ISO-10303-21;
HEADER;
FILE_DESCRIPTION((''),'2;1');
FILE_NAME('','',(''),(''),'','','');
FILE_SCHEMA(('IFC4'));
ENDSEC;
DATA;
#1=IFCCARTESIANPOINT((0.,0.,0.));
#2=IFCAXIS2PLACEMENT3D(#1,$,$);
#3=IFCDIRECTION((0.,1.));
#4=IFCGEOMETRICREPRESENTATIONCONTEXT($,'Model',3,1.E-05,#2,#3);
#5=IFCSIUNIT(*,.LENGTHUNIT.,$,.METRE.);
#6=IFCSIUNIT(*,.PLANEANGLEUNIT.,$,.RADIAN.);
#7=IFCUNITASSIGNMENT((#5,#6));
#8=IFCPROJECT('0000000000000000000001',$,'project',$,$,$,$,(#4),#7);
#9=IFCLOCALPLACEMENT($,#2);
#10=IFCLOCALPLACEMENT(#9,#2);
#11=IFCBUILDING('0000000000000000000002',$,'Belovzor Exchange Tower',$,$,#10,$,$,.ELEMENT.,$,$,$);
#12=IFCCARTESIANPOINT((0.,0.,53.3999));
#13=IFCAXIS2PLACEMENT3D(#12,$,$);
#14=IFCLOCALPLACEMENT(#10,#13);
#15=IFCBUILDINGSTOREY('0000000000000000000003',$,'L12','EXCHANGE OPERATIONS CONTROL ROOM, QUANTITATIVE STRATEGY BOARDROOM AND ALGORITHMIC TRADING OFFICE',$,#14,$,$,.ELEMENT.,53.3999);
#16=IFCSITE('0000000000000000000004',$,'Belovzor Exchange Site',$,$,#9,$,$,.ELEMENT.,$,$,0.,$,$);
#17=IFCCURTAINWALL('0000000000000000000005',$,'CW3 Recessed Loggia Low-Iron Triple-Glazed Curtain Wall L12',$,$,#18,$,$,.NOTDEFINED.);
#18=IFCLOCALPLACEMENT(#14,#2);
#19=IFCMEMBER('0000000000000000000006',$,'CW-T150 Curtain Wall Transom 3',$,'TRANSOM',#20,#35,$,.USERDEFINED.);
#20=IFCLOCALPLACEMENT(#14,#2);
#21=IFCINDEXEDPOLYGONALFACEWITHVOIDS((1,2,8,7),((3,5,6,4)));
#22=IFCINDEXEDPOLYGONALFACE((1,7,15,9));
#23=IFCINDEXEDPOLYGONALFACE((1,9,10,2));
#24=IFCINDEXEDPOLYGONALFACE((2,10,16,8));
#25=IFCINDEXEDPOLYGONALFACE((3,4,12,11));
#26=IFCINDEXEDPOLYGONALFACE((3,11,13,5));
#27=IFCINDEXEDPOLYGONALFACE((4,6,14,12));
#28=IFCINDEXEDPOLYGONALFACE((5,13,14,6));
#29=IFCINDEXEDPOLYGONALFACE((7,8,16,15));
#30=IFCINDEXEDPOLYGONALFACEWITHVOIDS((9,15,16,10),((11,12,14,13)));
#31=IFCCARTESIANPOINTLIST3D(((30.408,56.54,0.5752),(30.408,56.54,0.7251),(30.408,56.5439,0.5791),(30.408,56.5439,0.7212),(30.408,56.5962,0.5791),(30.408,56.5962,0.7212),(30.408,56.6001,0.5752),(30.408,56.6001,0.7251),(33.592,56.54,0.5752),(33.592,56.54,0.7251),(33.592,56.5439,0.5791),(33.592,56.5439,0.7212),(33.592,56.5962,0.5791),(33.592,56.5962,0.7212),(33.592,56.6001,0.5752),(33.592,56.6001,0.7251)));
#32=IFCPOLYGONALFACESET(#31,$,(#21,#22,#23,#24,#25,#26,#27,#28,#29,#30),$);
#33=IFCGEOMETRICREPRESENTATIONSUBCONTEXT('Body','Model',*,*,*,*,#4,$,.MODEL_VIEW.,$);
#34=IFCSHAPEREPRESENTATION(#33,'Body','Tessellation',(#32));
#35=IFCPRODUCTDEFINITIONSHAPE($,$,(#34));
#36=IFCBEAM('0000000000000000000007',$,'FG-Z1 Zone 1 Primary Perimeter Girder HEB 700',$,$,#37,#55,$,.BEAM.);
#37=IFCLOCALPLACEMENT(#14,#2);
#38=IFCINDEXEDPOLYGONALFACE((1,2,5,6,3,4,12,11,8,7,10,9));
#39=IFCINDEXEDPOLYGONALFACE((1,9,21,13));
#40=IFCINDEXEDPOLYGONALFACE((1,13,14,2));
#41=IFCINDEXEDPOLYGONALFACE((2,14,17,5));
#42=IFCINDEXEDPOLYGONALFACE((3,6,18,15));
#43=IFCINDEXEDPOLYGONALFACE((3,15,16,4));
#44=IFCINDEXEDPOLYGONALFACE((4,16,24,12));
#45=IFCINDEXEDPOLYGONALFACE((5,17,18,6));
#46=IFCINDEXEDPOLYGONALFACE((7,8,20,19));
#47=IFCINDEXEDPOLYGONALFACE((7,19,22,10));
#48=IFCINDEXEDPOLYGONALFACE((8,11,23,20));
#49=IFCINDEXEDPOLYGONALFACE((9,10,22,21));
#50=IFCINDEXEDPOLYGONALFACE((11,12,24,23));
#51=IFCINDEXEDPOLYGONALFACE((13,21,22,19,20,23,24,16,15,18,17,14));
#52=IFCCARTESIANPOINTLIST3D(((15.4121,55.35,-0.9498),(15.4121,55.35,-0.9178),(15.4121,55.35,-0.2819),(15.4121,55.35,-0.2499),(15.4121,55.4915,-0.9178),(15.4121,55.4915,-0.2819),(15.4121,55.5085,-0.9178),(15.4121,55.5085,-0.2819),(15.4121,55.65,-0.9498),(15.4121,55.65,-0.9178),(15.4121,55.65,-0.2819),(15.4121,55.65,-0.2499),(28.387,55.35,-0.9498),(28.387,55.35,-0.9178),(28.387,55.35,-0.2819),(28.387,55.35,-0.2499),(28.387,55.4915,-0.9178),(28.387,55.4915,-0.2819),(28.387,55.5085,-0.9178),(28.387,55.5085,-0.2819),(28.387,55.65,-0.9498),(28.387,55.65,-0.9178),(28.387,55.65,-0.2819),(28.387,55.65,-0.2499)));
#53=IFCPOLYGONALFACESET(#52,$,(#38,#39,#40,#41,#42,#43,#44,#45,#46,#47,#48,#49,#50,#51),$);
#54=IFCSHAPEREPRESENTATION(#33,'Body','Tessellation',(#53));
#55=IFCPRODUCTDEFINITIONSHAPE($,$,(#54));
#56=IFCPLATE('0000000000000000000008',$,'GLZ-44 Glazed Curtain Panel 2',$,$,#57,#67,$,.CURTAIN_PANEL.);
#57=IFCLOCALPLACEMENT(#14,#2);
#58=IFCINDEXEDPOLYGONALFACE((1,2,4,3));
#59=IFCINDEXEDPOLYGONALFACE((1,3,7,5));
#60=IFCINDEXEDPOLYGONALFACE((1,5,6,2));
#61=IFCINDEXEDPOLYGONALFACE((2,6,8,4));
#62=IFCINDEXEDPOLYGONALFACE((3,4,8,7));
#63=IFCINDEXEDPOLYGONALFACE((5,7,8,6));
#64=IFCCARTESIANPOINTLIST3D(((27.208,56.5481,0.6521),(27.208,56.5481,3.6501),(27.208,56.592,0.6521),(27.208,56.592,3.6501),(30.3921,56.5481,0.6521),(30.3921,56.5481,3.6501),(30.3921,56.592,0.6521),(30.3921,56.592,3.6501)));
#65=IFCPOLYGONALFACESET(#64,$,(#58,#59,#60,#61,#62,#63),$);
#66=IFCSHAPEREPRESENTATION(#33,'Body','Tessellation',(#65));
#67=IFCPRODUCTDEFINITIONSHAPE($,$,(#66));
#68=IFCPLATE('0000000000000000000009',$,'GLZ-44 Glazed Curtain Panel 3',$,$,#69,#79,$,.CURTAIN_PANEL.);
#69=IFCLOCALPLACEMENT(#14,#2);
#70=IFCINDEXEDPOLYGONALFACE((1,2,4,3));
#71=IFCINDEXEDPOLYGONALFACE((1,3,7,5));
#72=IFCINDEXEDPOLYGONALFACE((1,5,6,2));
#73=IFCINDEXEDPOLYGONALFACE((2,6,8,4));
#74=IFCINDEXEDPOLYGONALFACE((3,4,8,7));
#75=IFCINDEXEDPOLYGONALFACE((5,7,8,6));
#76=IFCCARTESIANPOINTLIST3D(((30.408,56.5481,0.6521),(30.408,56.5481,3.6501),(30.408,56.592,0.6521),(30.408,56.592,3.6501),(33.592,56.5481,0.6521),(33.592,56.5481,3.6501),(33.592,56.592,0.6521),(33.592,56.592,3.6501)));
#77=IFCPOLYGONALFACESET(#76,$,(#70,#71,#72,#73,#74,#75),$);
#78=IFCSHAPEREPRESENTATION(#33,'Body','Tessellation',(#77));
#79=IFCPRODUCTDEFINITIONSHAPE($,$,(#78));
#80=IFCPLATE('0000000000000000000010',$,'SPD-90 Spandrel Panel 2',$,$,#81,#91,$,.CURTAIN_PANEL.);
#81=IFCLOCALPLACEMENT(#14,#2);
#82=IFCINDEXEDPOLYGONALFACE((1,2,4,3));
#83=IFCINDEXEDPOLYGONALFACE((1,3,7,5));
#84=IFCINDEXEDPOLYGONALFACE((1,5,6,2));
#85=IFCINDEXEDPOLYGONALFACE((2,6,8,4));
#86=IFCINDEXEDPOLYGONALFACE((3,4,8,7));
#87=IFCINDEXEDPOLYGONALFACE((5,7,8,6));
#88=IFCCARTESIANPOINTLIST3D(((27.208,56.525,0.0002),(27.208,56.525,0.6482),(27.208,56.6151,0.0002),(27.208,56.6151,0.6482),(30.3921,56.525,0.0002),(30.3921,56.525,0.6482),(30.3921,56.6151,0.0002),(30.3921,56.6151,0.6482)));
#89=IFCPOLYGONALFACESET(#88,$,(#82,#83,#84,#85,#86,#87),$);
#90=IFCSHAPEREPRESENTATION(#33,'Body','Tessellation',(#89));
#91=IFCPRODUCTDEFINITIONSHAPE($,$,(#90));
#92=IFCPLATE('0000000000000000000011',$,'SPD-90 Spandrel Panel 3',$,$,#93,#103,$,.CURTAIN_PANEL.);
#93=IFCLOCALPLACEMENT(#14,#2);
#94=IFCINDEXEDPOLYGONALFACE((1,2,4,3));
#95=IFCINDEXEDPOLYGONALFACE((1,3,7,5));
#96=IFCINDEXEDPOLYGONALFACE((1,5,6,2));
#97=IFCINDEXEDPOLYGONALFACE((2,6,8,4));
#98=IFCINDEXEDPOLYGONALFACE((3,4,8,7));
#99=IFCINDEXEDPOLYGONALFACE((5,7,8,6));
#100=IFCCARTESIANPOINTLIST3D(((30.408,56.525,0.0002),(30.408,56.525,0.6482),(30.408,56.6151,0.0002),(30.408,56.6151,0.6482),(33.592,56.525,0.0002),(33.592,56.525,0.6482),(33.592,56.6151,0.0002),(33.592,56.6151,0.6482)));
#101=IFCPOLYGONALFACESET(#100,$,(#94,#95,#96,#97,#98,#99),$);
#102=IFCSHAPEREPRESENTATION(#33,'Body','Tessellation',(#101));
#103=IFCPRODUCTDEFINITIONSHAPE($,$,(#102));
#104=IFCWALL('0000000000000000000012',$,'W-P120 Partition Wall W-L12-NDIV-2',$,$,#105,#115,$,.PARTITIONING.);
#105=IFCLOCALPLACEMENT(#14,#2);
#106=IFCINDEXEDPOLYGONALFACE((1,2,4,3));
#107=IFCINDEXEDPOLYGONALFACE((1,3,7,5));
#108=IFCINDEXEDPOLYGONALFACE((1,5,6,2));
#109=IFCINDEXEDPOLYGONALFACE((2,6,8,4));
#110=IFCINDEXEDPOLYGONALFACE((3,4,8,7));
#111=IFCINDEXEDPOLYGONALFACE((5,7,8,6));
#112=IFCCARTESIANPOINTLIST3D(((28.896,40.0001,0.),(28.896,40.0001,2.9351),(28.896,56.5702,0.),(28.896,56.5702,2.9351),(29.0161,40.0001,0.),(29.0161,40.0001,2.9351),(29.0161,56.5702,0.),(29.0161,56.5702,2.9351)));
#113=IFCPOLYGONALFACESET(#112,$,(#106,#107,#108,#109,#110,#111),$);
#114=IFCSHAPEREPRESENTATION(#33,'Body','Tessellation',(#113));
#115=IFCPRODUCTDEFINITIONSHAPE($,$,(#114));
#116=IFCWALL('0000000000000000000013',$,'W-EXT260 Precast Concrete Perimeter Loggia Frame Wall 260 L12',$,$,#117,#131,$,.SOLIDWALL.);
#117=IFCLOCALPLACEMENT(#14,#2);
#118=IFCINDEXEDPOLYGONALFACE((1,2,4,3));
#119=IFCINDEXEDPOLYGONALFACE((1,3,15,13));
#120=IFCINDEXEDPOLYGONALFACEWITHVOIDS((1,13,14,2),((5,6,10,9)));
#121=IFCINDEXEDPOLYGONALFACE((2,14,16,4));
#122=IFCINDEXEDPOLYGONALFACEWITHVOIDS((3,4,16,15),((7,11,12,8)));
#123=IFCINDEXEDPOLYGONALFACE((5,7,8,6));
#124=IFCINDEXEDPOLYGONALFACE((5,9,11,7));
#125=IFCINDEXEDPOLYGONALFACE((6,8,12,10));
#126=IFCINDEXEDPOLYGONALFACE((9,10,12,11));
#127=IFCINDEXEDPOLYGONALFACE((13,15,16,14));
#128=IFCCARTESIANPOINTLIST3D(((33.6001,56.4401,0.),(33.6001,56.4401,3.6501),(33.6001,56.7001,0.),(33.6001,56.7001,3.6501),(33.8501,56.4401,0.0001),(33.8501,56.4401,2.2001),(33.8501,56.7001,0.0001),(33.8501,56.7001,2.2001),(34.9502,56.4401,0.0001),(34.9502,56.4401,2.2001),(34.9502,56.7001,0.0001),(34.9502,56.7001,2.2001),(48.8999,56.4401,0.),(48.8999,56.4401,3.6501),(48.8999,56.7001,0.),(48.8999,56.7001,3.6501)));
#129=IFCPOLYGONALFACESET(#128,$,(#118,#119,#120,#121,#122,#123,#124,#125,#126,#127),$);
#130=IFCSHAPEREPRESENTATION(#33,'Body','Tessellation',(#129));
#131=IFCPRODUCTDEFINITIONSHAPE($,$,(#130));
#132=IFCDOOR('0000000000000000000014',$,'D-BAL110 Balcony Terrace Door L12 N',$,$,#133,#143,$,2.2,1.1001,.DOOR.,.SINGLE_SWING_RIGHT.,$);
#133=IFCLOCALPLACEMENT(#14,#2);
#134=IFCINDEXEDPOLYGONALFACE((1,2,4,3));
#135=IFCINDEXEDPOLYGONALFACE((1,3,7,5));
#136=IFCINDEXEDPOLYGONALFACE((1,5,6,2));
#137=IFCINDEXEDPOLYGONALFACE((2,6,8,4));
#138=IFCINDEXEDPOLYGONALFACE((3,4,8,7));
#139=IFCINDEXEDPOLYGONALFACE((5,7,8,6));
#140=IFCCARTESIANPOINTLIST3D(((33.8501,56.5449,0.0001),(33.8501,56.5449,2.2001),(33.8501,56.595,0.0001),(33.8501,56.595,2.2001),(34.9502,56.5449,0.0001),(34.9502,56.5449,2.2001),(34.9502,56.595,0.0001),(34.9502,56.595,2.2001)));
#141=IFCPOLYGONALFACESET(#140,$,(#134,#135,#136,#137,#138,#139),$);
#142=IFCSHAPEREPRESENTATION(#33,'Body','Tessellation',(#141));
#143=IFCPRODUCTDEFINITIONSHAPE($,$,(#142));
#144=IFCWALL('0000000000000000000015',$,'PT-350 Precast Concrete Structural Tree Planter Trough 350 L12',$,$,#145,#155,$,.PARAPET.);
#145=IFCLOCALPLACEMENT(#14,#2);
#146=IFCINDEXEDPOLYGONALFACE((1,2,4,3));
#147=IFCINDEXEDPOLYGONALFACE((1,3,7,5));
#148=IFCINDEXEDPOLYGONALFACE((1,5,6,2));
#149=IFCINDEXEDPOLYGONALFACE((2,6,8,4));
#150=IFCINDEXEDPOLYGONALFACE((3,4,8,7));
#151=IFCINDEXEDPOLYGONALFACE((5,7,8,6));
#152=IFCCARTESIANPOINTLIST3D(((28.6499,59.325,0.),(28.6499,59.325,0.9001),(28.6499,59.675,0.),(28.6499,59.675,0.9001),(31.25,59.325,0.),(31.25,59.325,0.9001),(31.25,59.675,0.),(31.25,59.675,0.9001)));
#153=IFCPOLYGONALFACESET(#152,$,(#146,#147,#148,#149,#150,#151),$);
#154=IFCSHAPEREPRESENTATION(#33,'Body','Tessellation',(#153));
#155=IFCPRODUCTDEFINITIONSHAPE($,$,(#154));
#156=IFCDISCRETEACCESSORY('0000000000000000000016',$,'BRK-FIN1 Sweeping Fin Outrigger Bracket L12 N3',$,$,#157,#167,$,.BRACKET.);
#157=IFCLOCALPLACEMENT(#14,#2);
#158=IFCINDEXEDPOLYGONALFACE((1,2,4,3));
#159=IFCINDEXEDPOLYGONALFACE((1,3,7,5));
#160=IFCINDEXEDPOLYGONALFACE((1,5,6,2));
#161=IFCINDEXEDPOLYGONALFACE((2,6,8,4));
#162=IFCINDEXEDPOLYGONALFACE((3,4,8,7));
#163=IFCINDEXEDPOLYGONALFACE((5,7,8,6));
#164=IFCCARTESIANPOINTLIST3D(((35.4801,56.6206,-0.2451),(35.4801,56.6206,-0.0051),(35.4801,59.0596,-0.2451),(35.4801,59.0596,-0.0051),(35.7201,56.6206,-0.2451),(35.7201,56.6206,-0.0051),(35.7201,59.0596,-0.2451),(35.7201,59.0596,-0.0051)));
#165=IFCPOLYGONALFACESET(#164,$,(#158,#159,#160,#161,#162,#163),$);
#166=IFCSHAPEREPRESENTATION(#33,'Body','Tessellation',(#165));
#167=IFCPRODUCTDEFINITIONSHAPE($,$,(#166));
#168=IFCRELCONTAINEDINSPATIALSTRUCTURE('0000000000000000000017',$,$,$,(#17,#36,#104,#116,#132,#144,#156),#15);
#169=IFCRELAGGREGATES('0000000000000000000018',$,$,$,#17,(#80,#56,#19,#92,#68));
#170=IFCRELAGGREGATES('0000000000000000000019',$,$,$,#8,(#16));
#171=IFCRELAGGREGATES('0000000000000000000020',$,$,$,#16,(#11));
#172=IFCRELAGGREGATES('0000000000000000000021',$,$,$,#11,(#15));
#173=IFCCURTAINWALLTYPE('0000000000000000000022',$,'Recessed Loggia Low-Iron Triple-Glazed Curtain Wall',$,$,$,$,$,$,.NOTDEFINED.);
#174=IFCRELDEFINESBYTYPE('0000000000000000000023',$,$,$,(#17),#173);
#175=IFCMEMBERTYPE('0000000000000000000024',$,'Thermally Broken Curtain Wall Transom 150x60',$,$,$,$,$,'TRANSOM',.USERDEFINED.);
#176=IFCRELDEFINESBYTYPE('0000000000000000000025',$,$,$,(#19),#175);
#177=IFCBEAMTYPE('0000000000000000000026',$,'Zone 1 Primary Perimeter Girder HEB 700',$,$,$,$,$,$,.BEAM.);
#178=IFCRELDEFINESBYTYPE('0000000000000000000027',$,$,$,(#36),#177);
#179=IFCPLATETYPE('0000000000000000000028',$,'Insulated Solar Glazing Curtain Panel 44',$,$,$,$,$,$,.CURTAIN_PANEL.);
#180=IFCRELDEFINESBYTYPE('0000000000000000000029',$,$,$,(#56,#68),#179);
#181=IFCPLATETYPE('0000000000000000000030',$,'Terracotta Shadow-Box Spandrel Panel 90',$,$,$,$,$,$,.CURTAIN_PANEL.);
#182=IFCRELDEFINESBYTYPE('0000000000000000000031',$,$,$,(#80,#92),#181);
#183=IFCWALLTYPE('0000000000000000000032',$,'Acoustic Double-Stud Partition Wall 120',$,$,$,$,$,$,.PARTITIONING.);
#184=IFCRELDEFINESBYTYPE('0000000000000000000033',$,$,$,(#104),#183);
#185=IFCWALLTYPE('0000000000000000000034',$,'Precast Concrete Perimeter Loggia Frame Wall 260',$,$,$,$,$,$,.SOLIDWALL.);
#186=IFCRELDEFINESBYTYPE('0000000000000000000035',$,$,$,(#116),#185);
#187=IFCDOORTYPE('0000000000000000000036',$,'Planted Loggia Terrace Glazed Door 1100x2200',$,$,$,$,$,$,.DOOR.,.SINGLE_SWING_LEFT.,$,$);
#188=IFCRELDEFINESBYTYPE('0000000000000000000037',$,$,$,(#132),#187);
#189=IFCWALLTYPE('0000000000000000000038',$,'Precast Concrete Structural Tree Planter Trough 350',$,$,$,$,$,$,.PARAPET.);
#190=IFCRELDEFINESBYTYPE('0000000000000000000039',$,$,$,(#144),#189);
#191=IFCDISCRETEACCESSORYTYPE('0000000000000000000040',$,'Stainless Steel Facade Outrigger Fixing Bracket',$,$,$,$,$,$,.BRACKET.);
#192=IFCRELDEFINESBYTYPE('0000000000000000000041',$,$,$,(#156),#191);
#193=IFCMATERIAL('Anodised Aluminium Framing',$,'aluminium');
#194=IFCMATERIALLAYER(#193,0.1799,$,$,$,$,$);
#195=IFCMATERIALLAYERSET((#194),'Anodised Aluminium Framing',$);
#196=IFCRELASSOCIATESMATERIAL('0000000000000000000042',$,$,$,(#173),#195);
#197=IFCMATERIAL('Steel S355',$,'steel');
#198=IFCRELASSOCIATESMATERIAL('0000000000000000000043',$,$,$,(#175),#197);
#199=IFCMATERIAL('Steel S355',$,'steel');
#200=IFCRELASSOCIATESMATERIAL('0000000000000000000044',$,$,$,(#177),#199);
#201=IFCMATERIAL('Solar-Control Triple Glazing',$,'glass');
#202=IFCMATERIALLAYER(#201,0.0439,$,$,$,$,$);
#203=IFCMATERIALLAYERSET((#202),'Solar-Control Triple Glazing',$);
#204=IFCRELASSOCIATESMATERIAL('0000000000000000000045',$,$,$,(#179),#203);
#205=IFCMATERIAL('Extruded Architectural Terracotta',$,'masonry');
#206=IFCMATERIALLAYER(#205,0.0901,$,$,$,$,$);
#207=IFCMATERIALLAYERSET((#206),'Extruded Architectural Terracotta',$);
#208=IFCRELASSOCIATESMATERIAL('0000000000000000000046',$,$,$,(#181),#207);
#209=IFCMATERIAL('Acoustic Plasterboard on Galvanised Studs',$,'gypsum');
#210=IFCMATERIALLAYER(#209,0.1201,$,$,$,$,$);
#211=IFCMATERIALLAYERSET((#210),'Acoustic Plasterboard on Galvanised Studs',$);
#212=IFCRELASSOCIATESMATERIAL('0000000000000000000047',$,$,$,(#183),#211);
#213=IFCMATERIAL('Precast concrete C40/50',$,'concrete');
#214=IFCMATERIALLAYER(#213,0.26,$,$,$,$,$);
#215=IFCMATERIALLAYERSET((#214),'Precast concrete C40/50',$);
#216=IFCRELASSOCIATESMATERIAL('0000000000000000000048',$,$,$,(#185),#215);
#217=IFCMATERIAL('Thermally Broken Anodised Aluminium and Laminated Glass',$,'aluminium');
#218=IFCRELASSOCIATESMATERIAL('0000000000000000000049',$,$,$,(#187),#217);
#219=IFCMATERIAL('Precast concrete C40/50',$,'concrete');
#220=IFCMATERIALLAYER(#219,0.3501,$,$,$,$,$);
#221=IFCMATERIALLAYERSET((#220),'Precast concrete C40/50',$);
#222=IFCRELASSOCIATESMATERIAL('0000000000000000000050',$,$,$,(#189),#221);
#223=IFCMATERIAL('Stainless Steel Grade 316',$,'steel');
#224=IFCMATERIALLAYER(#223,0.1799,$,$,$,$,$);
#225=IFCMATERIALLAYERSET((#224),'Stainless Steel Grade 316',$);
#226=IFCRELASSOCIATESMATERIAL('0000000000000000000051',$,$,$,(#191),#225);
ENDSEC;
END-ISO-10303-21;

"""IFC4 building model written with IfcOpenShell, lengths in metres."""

from ifc_helpers import new_model, si_unit, direction, frame, frame_2d, origin, origin_2d, place, context, subcontext, project, spatial, rectangle, hollow_rectangle, i_section, extrude, material, layer, layer_set, material_profile, profile_set, type_object, element, fill, aggregate, save


model = new_model("IFC4")

# Units and contexts
model_context = context("Model", 3, precision=1e-05, world=origin(), true_north=direction((0.0, 1.0)))
body_context = subcontext(model_context, "Body", "Model", "MODEL_VIEW")
ifc_project = project(units=[si_unit("LENGTHUNIT", "METRE"), si_unit("PLANEANGLEUNIT", "RADIAN")], contexts=[model_context])

# Site, building, storey
site_placement = place(None, origin())
site = spatial("IfcSite", under=ifc_project, at=site_placement, Name="Belovzor Exchange Site", CompositionType="ELEMENT", RefElevation=0.0)
building_placement = place(site_placement, origin())
building = spatial("IfcBuilding", under=site, at=building_placement, Name="Belovzor Exchange Tower", CompositionType="ELEMENT")
storey_placement = place(building_placement, frame((0.0, 0.0, 53.3999)))
storey = spatial("IfcBuildingStorey", under=building, at=storey_placement, Name="L12", Description="EXCHANGE OPERATIONS CONTROL ROOM, QUANTITATIVE STRATEGY BOARDROOM AND ALGORITHMIC TRADING OFFICE", CompositionType="ELEMENT", Elevation=53.3999)

# Curtain wall, member
ifc_material_1 = material(Name="Anodised Aluminium Framing", Category="aluminium")
ifc_layer_1 = layer(ifc_material_1, 0.1799)
ifc_layer_set_1 = layer_set([ifc_layer_1], Name="Anodised Aluminium Framing")
curtain_wall_type = type_object("IfcCurtainWallType", Name="Recessed Loggia Low-Iron Triple-Glazed Curtain Wall", PredefinedType="NOTDEFINED", material=ifc_layer_set_1)
curtain_wall_placement = place(storey_placement, origin())
curtain_wall = element("IfcCurtainWall", 1, at=curtain_wall_placement, inside=storey, type_object=curtain_wall_type, Name="CW3 Recessed Loggia Low-Iron Triple-Glazed Curtain Wall L12", PredefinedType="NOTDEFINED")
ifc_material_2 = material(Name="Steel S355", Category="steel")
ifc_material_profile_1 = material_profile(ifc_material_2, hollow_rectangle(XDim=0.0601, YDim=0.1499, WallThickness=0.0039, at=origin_2d()))
ifc_profile_set_1 = profile_set([ifc_material_profile_1], Name="Steel S355")
member_type_1 = type_object("IfcMemberType", Name="Thermally Broken Curtain Wall Transom 150x60", ElementType="TRANSOM", PredefinedType="USERDEFINED", material=ifc_profile_set_1)
member_1_placement = place(storey_placement, frame((30.408, 56.5701, 0.6501), z_axis=(1.0, 0.0, 0.0), x_axis=(0.0, 1.0, 0.0)))
member_1 = element("IfcMember", 2, at=member_1_placement, type_object=member_type_1, Name="CW-T150 Curtain Wall Transom 3", ObjectType="TRANSOM", PredefinedType="USERDEFINED", context=body_context, shape_type="SweptSolid", body=[
    extrude(hollow_rectangle(XDim=0.0601, YDim=0.1499, WallThickness=0.0039, at=origin_2d()), origin(), (0.0, 0.0, 1.0), 3.1841),
])

# Beam
ifc_material_3 = material(Name="Steel S355", Category="steel")
ifc_material_profile_2 = material_profile(ifc_material_3, i_section(OverallWidth=0.3, OverallDepth=0.7, WebThickness=0.0171, FlangeThickness=0.032, at=origin_2d()))
ifc_profile_set_2 = profile_set([ifc_material_profile_2], Name="Steel S355")
beam_type_1 = type_object("IfcBeamType", Name="Zone 1 Primary Perimeter Girder HEB 700", PredefinedType="BEAM", material=ifc_profile_set_2)
beam_1_placement = place(storey_placement, frame((28.387, 55.5, -0.5999), z_axis=(-1.0, 0.0, 0.0), x_axis=(0.0, -1.0, 0.0)))
element("IfcBeam", 3, at=beam_1_placement, inside=storey, type_object=beam_type_1, Name="FG-Z1 Zone 1 Primary Perimeter Girder HEB 700", PredefinedType="BEAM", context=body_context, shape_type="SweptSolid", body=[
    extrude(i_section(OverallWidth=0.3, OverallDepth=0.7, WebThickness=0.0171, FlangeThickness=0.032, at=origin_2d()), origin(), (0.0, 0.0, 1.0), 12.9749),
])

# Plates
ifc_material_4 = material(Name="Solar-Control Triple Glazing", Category="glass")
ifc_layer_2 = layer(ifc_material_4, 0.0439)
ifc_layer_set_2 = layer_set([ifc_layer_2], Name="Solar-Control Triple Glazing")
plate_type_1 = type_object("IfcPlateType", Name="Insulated Solar Glazing Curtain Panel 44", PredefinedType="CURTAIN_PANEL", material=ifc_layer_set_2)
plate_1_placement = place(storey_placement, frame((28.8, 56.5701, 0.6521), z_axis=(0.0, 0.0, 1.0), x_axis=(1.0, 0.0, 0.0)))
plate_1 = element("IfcPlate", 4, at=plate_1_placement, type_object=plate_type_1, Name="GLZ-44 Glazed Curtain Panel 2", PredefinedType="CURTAIN_PANEL", context=body_context, shape_type="SweptSolid", body=[
    extrude(rectangle(XDim=3.1841, YDim=0.0439, at=origin_2d()), origin(), (0.0, 0.0, 1.0), 2.998),
])
plate_2_placement = place(storey_placement, frame((32.0, 56.5701, 0.6521), z_axis=(0.0, 0.0, 1.0), x_axis=(1.0, 0.0, 0.0)))
plate_2 = element("IfcPlate", 5, at=plate_2_placement, type_object=plate_type_1, Name="GLZ-44 Glazed Curtain Panel 3", PredefinedType="CURTAIN_PANEL", context=body_context, shape_type="SweptSolid", body=[
    extrude(rectangle(XDim=3.1841, YDim=0.0439, at=origin_2d()), origin(), (0.0, 0.0, 1.0), 2.998),
])
ifc_material_5 = material(Name="Extruded Architectural Terracotta", Category="masonry")
ifc_layer_3 = layer(ifc_material_5, 0.0901)
ifc_layer_set_3 = layer_set([ifc_layer_3], Name="Extruded Architectural Terracotta")
plate_type_2 = type_object("IfcPlateType", Name="Terracotta Shadow-Box Spandrel Panel 90", PredefinedType="CURTAIN_PANEL", material=ifc_layer_set_3)
plate_3_placement = place(storey_placement, frame((28.8, 56.5701, 0.0002), z_axis=(0.0, 0.0, 1.0), x_axis=(1.0, 0.0, 0.0)))
plate_3 = element("IfcPlate", 6, at=plate_3_placement, type_object=plate_type_2, Name="SPD-90 Spandrel Panel 2", PredefinedType="CURTAIN_PANEL", context=body_context, shape_type="SweptSolid", body=[
    extrude(rectangle(XDim=3.1841, YDim=0.0901, at=origin_2d()), origin(), (0.0, 0.0, 1.0), 0.6479),
])
plate_4_placement = place(storey_placement, frame((32.0, 56.5701, 0.0002), z_axis=(0.0, 0.0, 1.0), x_axis=(1.0, 0.0, 0.0)))
plate_4 = element("IfcPlate", 7, at=plate_4_placement, type_object=plate_type_2, Name="SPD-90 Spandrel Panel 3", PredefinedType="CURTAIN_PANEL", context=body_context, shape_type="SweptSolid", body=[
    extrude(rectangle(XDim=3.1841, YDim=0.0901, at=origin_2d()), origin(), (0.0, 0.0, 1.0), 0.6479),
])
aggregate(curtain_wall, [plate_3, plate_1, member_1, plate_4, plate_2])

# Wall
ifc_material_6 = material(Name="Acoustic Plasterboard on Galvanised Studs", Category="gypsum")
ifc_layer_4 = layer(ifc_material_6, 0.1201)
ifc_layer_set_4 = layer_set([ifc_layer_4], Name="Acoustic Plasterboard on Galvanised Studs")
wall_type_1 = type_object("IfcWallType", Name="Acoustic Double-Stud Partition Wall 120", PredefinedType="PARTITIONING", material=ifc_layer_set_4)
wall_1_placement = place(storey_placement, frame((28.9561, 40.0, 0.0), z_axis=(0.0, 0.0, 1.0), x_axis=(0.0, 1.0, 0.0)))
element("IfcWall", 8, at=wall_1_placement, inside=storey, type_object=wall_type_1, Name="W-P120 Partition Wall W-L12-NDIV-2", PredefinedType="PARTITIONING", context=body_context, shape_type="SweptSolid", body=[
    extrude(rectangle(XDim=16.5701, YDim=0.1201, at=frame_2d((8.2852, 0.0))), origin(), (0.0, 0.0, 1.0), 2.9351),
])

# Wall, opening, door
ifc_material_7 = material(Name="Precast concrete C40/50", Category="concrete")
ifc_layer_5 = layer(ifc_material_7, 0.26)
ifc_layer_set_5 = layer_set([ifc_layer_5], Name="Precast concrete C40/50")
wall_type_2 = type_object("IfcWallType", Name="Precast Concrete Perimeter Loggia Frame Wall 260", PredefinedType="SOLIDWALL", material=ifc_layer_set_5)
wall_2_placement = place(storey_placement, frame((33.6001, 56.5701, 0.0), z_axis=(0.0, 0.0, 1.0), x_axis=(1.0, 0.0, 0.0)))
wall_2 = element("IfcWall", 9, at=wall_2_placement, inside=storey, type_object=wall_type_2, Name="W-EXT260 Precast Concrete Perimeter Loggia Frame Wall 260 L12", PredefinedType="SOLIDWALL", context=body_context, shape_type="SweptSolid", body=[
    extrude(rectangle(XDim=15.2998, YDim=0.26, at=frame_2d((7.6499, 0.0))), origin(), (0.0, 0.0, 1.0), 3.6501),
])
opening_placement = place(wall_2_placement, frame((0.25, 0.0, 0.0)))
opening = element("IfcOpeningElement", 10, at=opening_placement, cuts=wall_2, PredefinedType="OPENING", context=body_context, shape_type="SweptSolid", body=[
    extrude(rectangle(XDim=1.1001, YDim=2.2, at=frame_2d((0.55, 1.1001))), frame((0.0, 0.1399, 0.0), z_axis=(0.0, -1.0, 0.0), x_axis=(1.0, 0.0, 0.0)), (0.0, 0.0, 1.0), 0.28),
])
ifc_material_8 = material(Name="Thermally Broken Anodised Aluminium and Laminated Glass", Category="aluminium")
door_type = type_object("IfcDoorType", Name="Planted Loggia Terrace Glazed Door 1100x2200", OperationType="SINGLE_SWING_LEFT", PredefinedType="DOOR", material=ifc_material_8)
door_placement = place(opening_placement, origin())
door = element("IfcDoor", 11, at=door_placement, inside=storey, type_object=door_type, Name="D-BAL110 Balcony Terrace Door L12 N", OperationType="SINGLE_SWING_RIGHT", OverallHeight=2.2, OverallWidth=1.1001, PredefinedType="DOOR", context=body_context, shape_type="SweptSolid", body=[
    extrude(rectangle(XDim=1.1001, YDim=2.2, at=frame_2d((0.55, 1.1001))), frame((0.0, 0.0249, 0.0), z_axis=(0.0, -1.0, 0.0), x_axis=(1.0, 0.0, 0.0)), (0.0, 0.0, 1.0), 0.05),
])
fill(opening, door)

# Wall
ifc_material_9 = material(Name="Precast concrete C40/50", Category="concrete")
ifc_layer_6 = layer(ifc_material_9, 0.3501)
ifc_layer_set_6 = layer_set([ifc_layer_6], Name="Precast concrete C40/50")
wall_type_3 = type_object("IfcWallType", Name="Precast Concrete Structural Tree Planter Trough 350", PredefinedType="PARAPET", material=ifc_layer_set_6)
wall_3_placement = place(storey_placement, frame((28.6499, 59.5, 0.0), z_axis=(0.0, 0.0, 1.0), x_axis=(1.0, 0.0, 0.0)))
element("IfcWall", 12, at=wall_3_placement, inside=storey, type_object=wall_type_3, Name="PT-350 Precast Concrete Structural Tree Planter Trough 350 L12", PredefinedType="PARAPET", context=body_context, shape_type="SweptSolid", body=[
    extrude(rectangle(XDim=2.6001, YDim=0.3501, at=frame_2d((1.3, 0.0))), origin(), (0.0, 0.0, 1.0), 0.9001),
])

# Discrete accessory
ifc_material_10 = material(Name="Stainless Steel Grade 316", Category="steel")
ifc_layer_7 = layer(ifc_material_10, 0.1799)
ifc_layer_set_7 = layer_set([ifc_layer_7], Name="Stainless Steel Grade 316")
discrete_accessory_type = type_object("IfcDiscreteAccessoryType", Name="Stainless Steel Facade Outrigger Fixing Bracket", PredefinedType="BRACKET", material=ifc_layer_set_7)
discrete_accessory_placement = place(storey_placement, frame((35.6001, 57.8401, -0.2451), z_axis=(0.0, 0.0, 1.0), x_axis=(0.0, 1.0, 0.0)))
element("IfcDiscreteAccessory", 13, at=discrete_accessory_placement, inside=storey, type_object=discrete_accessory_type, Name="BRK-FIN1 Sweeping Fin Outrigger Bracket L12 N3", PredefinedType="BRACKET", context=body_context, shape_type="SweptSolid", body=[
    extrude(rectangle(XDim=2.439, YDim=0.24, at=origin_2d()), origin(), (0.0, 0.0, 1.0), 0.24),
])

save(model, "model.ifc")
